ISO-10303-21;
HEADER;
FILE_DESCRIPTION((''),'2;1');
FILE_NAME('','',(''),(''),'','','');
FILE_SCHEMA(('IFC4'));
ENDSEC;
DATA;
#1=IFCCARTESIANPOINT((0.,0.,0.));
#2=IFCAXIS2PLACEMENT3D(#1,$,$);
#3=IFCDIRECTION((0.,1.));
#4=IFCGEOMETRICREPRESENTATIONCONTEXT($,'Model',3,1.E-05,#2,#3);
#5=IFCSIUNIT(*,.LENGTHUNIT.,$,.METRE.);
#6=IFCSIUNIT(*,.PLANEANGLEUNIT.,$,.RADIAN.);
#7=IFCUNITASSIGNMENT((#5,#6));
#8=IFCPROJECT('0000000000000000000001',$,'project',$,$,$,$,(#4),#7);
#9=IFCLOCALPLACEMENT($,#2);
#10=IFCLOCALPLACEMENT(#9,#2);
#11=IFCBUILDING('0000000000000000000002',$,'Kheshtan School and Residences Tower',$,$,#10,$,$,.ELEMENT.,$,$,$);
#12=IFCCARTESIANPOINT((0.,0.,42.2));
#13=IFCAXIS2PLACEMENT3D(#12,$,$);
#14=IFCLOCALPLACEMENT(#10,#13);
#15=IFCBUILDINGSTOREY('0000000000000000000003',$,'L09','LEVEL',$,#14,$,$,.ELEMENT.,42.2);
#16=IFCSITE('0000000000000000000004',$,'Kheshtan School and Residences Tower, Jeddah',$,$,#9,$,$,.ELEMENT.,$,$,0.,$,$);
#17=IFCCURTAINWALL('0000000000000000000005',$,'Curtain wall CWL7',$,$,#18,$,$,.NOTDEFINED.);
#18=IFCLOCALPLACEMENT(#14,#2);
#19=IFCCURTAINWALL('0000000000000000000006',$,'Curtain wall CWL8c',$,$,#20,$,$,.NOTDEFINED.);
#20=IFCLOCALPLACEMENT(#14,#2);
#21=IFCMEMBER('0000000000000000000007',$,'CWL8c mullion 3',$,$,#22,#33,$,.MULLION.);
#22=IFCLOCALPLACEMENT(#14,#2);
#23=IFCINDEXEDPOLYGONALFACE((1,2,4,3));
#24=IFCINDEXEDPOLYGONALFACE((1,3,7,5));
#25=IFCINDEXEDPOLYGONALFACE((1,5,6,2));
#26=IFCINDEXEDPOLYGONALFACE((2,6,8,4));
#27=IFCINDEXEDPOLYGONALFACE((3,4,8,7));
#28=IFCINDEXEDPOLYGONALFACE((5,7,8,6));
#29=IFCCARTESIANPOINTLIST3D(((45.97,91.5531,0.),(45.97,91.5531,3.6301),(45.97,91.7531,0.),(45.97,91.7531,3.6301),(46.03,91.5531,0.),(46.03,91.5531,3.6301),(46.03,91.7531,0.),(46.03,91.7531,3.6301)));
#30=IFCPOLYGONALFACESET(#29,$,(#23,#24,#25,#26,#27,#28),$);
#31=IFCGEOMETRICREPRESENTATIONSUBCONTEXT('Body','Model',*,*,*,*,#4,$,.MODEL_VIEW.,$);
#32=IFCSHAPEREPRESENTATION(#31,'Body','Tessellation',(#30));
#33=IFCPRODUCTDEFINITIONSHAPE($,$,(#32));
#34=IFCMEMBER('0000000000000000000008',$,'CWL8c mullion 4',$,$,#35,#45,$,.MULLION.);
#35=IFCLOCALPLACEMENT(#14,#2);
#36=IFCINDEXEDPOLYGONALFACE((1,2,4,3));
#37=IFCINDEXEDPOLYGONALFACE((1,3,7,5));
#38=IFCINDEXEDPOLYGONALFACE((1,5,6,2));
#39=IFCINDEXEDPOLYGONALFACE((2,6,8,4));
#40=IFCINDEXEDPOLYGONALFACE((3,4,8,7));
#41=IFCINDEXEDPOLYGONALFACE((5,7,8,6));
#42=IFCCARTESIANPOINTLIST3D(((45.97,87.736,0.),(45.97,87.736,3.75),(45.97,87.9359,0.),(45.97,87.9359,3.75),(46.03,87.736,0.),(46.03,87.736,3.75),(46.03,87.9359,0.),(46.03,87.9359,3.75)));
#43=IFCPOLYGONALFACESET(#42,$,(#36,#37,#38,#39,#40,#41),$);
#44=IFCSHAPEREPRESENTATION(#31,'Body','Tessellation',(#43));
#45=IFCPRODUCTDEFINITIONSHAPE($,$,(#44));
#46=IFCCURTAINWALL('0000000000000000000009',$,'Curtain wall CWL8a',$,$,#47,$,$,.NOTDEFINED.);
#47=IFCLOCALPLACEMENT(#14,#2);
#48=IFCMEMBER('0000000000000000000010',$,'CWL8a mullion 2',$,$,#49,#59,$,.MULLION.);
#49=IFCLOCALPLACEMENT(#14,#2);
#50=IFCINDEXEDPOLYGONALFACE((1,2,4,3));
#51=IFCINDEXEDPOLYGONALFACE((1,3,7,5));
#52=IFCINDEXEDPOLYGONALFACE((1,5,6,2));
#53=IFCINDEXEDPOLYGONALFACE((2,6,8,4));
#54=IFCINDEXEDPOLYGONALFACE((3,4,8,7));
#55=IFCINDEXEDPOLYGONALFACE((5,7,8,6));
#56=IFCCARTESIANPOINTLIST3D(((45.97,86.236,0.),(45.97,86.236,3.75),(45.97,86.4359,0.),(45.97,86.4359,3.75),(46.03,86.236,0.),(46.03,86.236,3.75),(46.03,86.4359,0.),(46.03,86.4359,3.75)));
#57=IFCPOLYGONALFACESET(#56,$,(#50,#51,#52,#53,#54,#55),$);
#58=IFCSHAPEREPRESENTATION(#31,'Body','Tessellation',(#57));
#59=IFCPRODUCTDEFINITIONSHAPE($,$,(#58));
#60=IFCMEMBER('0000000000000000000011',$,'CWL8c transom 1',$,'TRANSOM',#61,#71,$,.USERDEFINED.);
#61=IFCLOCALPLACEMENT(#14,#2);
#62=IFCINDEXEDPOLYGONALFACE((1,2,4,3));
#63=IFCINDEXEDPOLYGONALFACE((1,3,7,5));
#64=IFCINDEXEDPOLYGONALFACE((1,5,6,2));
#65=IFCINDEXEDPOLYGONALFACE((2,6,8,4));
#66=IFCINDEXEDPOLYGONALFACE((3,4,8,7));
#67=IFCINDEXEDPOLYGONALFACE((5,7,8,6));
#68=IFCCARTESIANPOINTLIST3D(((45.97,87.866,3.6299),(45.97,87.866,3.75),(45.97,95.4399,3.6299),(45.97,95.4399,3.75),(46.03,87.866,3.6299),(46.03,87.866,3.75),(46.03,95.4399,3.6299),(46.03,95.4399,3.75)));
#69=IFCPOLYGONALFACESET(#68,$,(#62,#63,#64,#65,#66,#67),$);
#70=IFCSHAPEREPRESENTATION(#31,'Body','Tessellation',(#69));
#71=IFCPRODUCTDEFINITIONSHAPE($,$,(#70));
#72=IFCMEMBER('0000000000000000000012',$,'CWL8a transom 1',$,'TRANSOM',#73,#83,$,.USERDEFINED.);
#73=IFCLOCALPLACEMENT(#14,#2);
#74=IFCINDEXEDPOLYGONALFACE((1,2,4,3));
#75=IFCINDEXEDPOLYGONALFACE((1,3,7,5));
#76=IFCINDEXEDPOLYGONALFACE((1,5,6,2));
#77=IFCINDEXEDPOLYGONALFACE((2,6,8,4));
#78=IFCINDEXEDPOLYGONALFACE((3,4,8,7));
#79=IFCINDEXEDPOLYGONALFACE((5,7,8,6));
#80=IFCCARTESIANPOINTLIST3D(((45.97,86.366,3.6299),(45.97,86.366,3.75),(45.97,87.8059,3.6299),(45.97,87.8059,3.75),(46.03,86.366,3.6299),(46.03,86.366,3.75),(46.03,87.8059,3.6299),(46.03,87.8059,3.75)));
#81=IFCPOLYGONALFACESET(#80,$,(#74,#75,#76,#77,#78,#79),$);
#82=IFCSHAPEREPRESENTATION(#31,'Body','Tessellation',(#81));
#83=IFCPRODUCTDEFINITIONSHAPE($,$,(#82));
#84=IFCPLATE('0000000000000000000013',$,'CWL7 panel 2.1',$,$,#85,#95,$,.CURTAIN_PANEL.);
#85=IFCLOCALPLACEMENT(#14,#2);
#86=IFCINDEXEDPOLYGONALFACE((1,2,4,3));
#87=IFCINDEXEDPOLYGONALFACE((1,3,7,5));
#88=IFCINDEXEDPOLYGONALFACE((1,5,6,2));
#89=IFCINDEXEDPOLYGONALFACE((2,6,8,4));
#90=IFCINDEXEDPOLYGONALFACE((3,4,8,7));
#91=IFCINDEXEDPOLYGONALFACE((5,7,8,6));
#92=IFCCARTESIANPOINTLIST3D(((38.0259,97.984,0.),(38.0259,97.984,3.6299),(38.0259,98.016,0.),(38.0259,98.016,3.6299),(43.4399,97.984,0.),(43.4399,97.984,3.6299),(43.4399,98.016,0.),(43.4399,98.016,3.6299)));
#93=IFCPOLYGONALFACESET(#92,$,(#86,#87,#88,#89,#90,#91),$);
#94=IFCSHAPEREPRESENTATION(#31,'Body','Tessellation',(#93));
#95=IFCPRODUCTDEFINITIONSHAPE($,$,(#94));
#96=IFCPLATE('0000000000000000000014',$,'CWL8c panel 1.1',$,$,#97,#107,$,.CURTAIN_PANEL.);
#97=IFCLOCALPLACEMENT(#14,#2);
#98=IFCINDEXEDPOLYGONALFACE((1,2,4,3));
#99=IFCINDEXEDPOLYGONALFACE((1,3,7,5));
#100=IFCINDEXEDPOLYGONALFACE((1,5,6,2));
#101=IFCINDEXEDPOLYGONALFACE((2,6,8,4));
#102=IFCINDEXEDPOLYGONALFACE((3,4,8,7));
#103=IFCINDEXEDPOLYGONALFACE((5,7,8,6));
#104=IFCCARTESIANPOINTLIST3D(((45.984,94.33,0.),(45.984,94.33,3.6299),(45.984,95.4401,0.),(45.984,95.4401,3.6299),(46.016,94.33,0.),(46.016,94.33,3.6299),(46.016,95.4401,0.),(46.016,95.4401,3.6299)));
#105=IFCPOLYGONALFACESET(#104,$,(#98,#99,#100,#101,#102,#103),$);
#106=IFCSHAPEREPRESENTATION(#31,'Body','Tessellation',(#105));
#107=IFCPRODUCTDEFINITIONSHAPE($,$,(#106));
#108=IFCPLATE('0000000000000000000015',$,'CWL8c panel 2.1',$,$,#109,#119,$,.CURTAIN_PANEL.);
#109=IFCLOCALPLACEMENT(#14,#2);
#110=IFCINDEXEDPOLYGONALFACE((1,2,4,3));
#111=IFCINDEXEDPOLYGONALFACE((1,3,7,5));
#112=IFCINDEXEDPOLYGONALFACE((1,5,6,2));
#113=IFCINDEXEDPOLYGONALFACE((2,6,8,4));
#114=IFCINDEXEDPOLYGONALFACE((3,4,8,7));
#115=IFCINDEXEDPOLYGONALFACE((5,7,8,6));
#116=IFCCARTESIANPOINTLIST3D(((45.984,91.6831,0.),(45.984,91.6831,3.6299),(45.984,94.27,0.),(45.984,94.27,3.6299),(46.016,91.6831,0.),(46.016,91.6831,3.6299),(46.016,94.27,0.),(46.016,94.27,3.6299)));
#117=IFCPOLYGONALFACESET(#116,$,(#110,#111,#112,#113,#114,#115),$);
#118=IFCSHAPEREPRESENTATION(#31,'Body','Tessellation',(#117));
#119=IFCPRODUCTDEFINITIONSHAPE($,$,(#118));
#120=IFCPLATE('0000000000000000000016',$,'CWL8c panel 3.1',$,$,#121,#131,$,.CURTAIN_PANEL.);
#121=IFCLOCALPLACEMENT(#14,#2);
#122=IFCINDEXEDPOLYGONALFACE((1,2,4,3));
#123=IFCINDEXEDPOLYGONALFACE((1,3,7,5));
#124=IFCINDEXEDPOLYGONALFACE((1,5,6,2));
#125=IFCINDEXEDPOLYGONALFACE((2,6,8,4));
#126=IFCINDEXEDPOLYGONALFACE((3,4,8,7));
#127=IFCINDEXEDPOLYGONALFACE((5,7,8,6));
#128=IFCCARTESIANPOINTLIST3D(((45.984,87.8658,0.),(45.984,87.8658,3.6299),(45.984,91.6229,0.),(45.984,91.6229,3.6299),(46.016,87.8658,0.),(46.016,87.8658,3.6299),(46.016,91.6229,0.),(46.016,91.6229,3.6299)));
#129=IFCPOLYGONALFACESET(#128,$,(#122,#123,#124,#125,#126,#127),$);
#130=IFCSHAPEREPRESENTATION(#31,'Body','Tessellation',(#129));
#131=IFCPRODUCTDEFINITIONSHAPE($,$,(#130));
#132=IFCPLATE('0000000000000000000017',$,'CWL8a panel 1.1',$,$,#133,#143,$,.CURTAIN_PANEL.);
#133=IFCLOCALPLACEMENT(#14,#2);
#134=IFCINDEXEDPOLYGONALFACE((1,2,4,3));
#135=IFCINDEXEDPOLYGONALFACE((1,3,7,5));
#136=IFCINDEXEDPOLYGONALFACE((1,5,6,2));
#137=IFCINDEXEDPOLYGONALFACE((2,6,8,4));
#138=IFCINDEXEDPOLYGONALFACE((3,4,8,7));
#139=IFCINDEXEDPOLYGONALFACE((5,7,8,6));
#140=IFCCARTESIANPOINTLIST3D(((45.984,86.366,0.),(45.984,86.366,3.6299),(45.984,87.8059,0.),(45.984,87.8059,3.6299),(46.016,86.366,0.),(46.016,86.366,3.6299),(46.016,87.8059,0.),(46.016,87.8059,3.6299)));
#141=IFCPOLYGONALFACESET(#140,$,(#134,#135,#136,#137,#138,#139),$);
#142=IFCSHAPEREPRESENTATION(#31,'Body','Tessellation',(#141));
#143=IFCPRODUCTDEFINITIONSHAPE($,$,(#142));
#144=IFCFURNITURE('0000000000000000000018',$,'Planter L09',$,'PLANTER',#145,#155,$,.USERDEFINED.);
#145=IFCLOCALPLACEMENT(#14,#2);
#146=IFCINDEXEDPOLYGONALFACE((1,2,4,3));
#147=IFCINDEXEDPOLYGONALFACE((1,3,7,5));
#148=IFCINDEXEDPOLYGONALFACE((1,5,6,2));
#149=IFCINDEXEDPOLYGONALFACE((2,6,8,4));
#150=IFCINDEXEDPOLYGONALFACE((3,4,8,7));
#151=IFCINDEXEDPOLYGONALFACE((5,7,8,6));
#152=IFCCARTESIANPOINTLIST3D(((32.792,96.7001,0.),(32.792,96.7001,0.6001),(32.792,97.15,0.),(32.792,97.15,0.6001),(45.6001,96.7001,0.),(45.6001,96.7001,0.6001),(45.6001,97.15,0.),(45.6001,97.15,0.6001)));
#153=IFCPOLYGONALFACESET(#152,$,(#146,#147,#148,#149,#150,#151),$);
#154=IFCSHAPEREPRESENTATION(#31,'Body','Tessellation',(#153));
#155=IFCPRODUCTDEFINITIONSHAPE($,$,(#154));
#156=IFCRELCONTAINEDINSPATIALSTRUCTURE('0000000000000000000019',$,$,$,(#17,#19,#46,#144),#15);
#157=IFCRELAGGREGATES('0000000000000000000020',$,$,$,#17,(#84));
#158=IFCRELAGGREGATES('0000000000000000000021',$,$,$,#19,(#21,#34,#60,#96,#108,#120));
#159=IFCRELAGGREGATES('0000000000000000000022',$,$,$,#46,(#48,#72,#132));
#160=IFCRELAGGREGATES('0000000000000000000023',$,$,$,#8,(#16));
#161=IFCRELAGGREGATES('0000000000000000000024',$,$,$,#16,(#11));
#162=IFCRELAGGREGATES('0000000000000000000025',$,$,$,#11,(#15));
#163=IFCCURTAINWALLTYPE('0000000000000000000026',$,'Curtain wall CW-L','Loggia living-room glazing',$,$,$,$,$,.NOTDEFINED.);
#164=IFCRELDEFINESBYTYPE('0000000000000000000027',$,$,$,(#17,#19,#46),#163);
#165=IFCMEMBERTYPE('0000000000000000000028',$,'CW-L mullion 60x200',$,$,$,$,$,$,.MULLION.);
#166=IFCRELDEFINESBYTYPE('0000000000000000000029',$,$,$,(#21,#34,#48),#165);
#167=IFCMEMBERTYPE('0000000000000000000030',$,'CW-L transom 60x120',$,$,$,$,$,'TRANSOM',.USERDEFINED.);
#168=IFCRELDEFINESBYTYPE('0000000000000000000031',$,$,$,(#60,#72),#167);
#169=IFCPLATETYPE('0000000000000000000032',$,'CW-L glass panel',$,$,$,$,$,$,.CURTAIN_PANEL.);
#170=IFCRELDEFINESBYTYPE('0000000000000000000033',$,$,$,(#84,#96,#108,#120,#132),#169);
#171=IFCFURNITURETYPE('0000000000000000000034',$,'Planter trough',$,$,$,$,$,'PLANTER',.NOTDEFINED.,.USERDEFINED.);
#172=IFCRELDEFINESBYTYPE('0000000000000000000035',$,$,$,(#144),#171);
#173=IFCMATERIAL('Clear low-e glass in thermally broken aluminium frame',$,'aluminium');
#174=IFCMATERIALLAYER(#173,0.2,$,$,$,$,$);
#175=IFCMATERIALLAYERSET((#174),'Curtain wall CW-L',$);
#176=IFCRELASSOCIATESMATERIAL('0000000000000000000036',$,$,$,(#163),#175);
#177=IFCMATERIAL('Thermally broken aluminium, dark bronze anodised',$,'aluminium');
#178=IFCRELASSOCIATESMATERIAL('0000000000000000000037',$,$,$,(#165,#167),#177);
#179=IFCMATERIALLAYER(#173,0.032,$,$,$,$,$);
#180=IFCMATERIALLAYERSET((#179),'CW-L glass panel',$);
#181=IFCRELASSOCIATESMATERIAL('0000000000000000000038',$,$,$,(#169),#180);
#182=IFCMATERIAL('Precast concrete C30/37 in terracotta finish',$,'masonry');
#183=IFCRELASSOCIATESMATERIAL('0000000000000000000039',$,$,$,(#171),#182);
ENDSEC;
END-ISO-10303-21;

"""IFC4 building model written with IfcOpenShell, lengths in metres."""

from ifc_helpers import new_model, si_unit, direction, frame, origin, origin_2d, place, context, subcontext, project, spatial, rectangle, extrude, material, layer, layer_set, material_profile, profile_set, type_object, element, aggregate, save


model = new_model("IFC4")

# Units and contexts
model_context = context("Model", 3, precision=1e-05, world=origin(), true_north=direction((0.0, 1.0)))
body_context = subcontext(model_context, "Body", "Model", "MODEL_VIEW")
ifc_project = project(units=[si_unit("LENGTHUNIT", "METRE"), si_unit("PLANEANGLEUNIT", "RADIAN")], contexts=[model_context])

# Site, building, storey
site_placement = place(None, origin())
site = spatial("IfcSite", under=ifc_project, at=site_placement, Name="Kheshtan School and Residences Tower, Jeddah", CompositionType="ELEMENT", RefElevation=0.0)
building_placement = place(site_placement, origin())
building = spatial("IfcBuilding", under=site, at=building_placement, Name="Kheshtan School and Residences Tower", CompositionType="ELEMENT")
storey_placement = place(building_placement, frame((0.0, 0.0, 42.2)))
storey = spatial("IfcBuildingStorey", under=building, at=storey_placement, Name="L09", Description="LEVEL", CompositionType="ELEMENT", Elevation=42.2)

# Curtain walls, members
ifc_material_1 = material(Name="Clear low-e glass in thermally broken aluminium frame", Category="aluminium")
ifc_layer_1 = layer(ifc_material_1, 0.2)
ifc_layer_set_1 = layer_set([ifc_layer_1], Name="Curtain wall CW-L")
curtain_wall_type = type_object("IfcCurtainWallType", Name="Curtain wall CW-L", Description="Loggia living-room glazing", PredefinedType="NOTDEFINED", material=ifc_layer_set_1)
curtain_wall_1_placement = place(storey_placement, origin())
curtain_wall_1 = element("IfcCurtainWall", 1, at=curtain_wall_1_placement, inside=storey, type_object=curtain_wall_type, Name="Curtain wall CWL7", PredefinedType="NOTDEFINED")
ifc_material_2 = material(Name="Thermally broken aluminium, dark bronze anodised", Category="aluminium")
ifc_material_profile_1 = material_profile(ifc_material_2, rectangle(XDim=0.0601, YDim=0.2, at=origin_2d()), Name="CW-L mullion 60x200")
ifc_profile_set_1 = profile_set([ifc_material_profile_1], Name="Thermally broken aluminium, dark bronze anodised")
member_type_1 = type_object("IfcMemberType", Name="CW-L mullion 60x200", PredefinedType="MULLION", material=ifc_profile_set_1)
curtain_wall_2_placement = place(storey_placement, origin())
curtain_wall_2 = element("IfcCurtainWall", 2, at=curtain_wall_2_placement, inside=storey, type_object=curtain_wall_type, Name="Curtain wall CWL8c", PredefinedType="NOTDEFINED")
member_1_placement = place(storey_placement, frame((46.0, 91.6531, 0.0), z_axis=(0.0, 0.0, 1.0), x_axis=(1.0, 0.0, 0.0)))
member_1 = element("IfcMember", 3, at=member_1_placement, type_object=member_type_1, Name="CWL8c mullion 3", PredefinedType="MULLION", context=body_context, shape_type="SweptSolid", body=[
    extrude(rectangle(XDim=0.0601, YDim=0.2, at=origin_2d()), origin(), (0.0, 0.0, 1.0), 3.6301),
])
member_2_placement = place(storey_placement, frame((46.0, 87.8359, 0.0), z_axis=(0.0, 0.0, 1.0), x_axis=(1.0, 0.0, 0.0)))
member_2 = element("IfcMember", 4, at=member_2_placement, type_object=member_type_1, Name="CWL8c mullion 4", PredefinedType="MULLION", context=body_context, shape_type="SweptSolid", body=[
    extrude(rectangle(XDim=0.0601, YDim=0.2, at=origin_2d()), origin(), (0.0, 0.0, 1.0), 3.75),
])

# Curtain wall, member
curtain_wall_3_placement = place(storey_placement, origin())
curtain_wall_3 = element("IfcCurtainWall", 5, at=curtain_wall_3_placement, inside=storey, type_object=curtain_wall_type, Name="Curtain wall CWL8a", PredefinedType="NOTDEFINED")
member_3_placement = place(storey_placement, frame((46.0, 86.3359, 0.0), z_axis=(0.0, 0.0, 1.0), x_axis=(1.0, 0.0, 0.0)))
member_3 = element("IfcMember", 6, at=member_3_placement, type_object=member_type_1, Name="CWL8a mullion 2", PredefinedType="MULLION", context=body_context, shape_type="SweptSolid", body=[
    extrude(rectangle(XDim=0.0601, YDim=0.2, at=origin_2d()), origin(), (0.0, 0.0, 1.0), 3.75),
])

# Members
ifc_material_profile_2 = material_profile(ifc_material_2, rectangle(XDim=0.0601, YDim=0.1201, at=origin_2d()), Name="CW-L transom 60x120")
ifc_profile_set_2 = profile_set([ifc_material_profile_2], Name="Thermally broken aluminium, dark bronze anodised")
member_type_2 = type_object("IfcMemberType", Name="CW-L transom 60x120", ElementType="TRANSOM", PredefinedType="USERDEFINED", material=ifc_profile_set_2)
member_4_placement = place(storey_placement, frame((46.0, 95.4399, 3.6899), z_axis=(0.0, -1.0, 0.0), x_axis=(1.0, 0.0, 0.0)))
member_4 = element("IfcMember", 7, at=member_4_placement, type_object=member_type_2, Name="CWL8c transom 1", ObjectType="TRANSOM", PredefinedType="USERDEFINED", context=body_context, shape_type="SweptSolid", body=[
    extrude(rectangle(XDim=0.0601, YDim=0.1201, at=origin_2d()), origin(), (0.0, 0.0, 1.0), 7.574),
])
member_5_placement = place(storey_placement, frame((46.0, 87.8059, 3.6899), z_axis=(0.0, -1.0, 0.0), x_axis=(1.0, 0.0, 0.0)))
member_5 = element("IfcMember", 8, at=member_5_placement, type_object=member_type_2, Name="CWL8a transom 1", ObjectType="TRANSOM", PredefinedType="USERDEFINED", context=body_context, shape_type="SweptSolid", body=[
    extrude(rectangle(XDim=0.0601, YDim=0.1201, at=origin_2d()), origin(), (0.0, 0.0, 1.0), 1.4399),
])

# Plates
ifc_layer_2 = layer(ifc_material_1, 0.032)
ifc_layer_set_2 = layer_set([ifc_layer_2], Name="CW-L glass panel")
plate_type = type_object("IfcPlateType", Name="CW-L glass panel", PredefinedType="CURTAIN_PANEL", material=ifc_layer_set_2)
plate_1_placement = place(storey_placement, frame((40.7329, 98.0, 0.0), z_axis=(0.0, 0.0, 1.0), x_axis=(1.0, 0.0, 0.0)))
plate_1 = element("IfcPlate", 9, at=plate_1_placement, type_object=plate_type, Name="CWL7 panel 2.1", PredefinedType="CURTAIN_PANEL", context=body_context, shape_type="SweptSolid", body=[
    extrude(rectangle(XDim=5.4141, YDim=0.032, at=origin_2d()), origin(), (0.0, 0.0, 1.0), 3.6299),
])
aggregate(curtain_wall_1, [plate_1])
plate_2_placement = place(storey_placement, frame((46.0, 94.885, 0.0), z_axis=(0.0, 0.0, 1.0), x_axis=(0.0, -1.0, 0.0)))
plate_2 = element("IfcPlate", 10, at=plate_2_placement, type_object=plate_type, Name="CWL8c panel 1.1", PredefinedType="CURTAIN_PANEL", context=body_context, shape_type="SweptSolid", body=[
    extrude(rectangle(XDim=1.1101, YDim=0.032, at=origin_2d()), origin(), (0.0, 0.0, 1.0), 3.6299),
])
plate_3_placement = place(storey_placement, frame((46.0, 92.9766, 0.0), z_axis=(0.0, 0.0, 1.0), x_axis=(0.0, -1.0, 0.0)))
plate_3 = element("IfcPlate", 11, at=plate_3_placement, type_object=plate_type, Name="CWL8c panel 2.1", PredefinedType="CURTAIN_PANEL", context=body_context, shape_type="SweptSolid", body=[
    extrude(rectangle(XDim=2.5869, YDim=0.032, at=origin_2d()), origin(), (0.0, 0.0, 1.0), 3.6299),
])
plate_4_placement = place(storey_placement, frame((46.0, 89.7444, 0.0), z_axis=(0.0, 0.0, 1.0), x_axis=(0.0, -1.0, 0.0)))
plate_4 = element("IfcPlate", 12, at=plate_4_placement, type_object=plate_type, Name="CWL8c panel 3.1", PredefinedType="CURTAIN_PANEL", context=body_context, shape_type="SweptSolid", body=[
    extrude(rectangle(XDim=3.7571, YDim=0.032, at=origin_2d()), origin(), (0.0, 0.0, 1.0), 3.6299),
])
aggregate(curtain_wall_2, [member_1, member_2, member_4, plate_2, plate_3, plate_4])
plate_5_placement = place(storey_placement, frame((46.0, 87.0859, 0.0), z_axis=(0.0, 0.0, 1.0), x_axis=(0.0, -1.0, 0.0)))
plate_5 = element("IfcPlate", 13, at=plate_5_placement, type_object=plate_type, Name="CWL8a panel 1.1", PredefinedType="CURTAIN_PANEL", context=body_context, shape_type="SweptSolid", body=[
    extrude(rectangle(XDim=1.4399, YDim=0.032, at=origin_2d()), origin(), (0.0, 0.0, 1.0), 3.6299),
])
aggregate(curtain_wall_3, [member_3, member_5, plate_5])

# Furniture
ifc_material_3 = material(Name="Precast concrete C30/37 in terracotta finish", Category="masonry")
furniture_type = type_object("IfcFurnitureType", Name="Planter trough", ElementType="PLANTER", AssemblyPlace="NOTDEFINED", PredefinedType="USERDEFINED", material=ifc_material_3)
furniture_placement = place(storey_placement, frame((39.196, 96.925, 0.0), z_axis=(0.0, 0.0, 1.0), x_axis=(1.0, 0.0, 0.0)))
element("IfcFurniture", 14, at=furniture_placement, inside=storey, type_object=furniture_type, Name="Planter L09", ObjectType="PLANTER", PredefinedType="USERDEFINED", context=body_context, shape_type="SweptSolid", body=[
    extrude(rectangle(XDim=12.8081, YDim=0.45, at=origin_2d()), origin(), (0.0, 0.0, 1.0), 0.6001),
])

save(model, "model.ifc")
